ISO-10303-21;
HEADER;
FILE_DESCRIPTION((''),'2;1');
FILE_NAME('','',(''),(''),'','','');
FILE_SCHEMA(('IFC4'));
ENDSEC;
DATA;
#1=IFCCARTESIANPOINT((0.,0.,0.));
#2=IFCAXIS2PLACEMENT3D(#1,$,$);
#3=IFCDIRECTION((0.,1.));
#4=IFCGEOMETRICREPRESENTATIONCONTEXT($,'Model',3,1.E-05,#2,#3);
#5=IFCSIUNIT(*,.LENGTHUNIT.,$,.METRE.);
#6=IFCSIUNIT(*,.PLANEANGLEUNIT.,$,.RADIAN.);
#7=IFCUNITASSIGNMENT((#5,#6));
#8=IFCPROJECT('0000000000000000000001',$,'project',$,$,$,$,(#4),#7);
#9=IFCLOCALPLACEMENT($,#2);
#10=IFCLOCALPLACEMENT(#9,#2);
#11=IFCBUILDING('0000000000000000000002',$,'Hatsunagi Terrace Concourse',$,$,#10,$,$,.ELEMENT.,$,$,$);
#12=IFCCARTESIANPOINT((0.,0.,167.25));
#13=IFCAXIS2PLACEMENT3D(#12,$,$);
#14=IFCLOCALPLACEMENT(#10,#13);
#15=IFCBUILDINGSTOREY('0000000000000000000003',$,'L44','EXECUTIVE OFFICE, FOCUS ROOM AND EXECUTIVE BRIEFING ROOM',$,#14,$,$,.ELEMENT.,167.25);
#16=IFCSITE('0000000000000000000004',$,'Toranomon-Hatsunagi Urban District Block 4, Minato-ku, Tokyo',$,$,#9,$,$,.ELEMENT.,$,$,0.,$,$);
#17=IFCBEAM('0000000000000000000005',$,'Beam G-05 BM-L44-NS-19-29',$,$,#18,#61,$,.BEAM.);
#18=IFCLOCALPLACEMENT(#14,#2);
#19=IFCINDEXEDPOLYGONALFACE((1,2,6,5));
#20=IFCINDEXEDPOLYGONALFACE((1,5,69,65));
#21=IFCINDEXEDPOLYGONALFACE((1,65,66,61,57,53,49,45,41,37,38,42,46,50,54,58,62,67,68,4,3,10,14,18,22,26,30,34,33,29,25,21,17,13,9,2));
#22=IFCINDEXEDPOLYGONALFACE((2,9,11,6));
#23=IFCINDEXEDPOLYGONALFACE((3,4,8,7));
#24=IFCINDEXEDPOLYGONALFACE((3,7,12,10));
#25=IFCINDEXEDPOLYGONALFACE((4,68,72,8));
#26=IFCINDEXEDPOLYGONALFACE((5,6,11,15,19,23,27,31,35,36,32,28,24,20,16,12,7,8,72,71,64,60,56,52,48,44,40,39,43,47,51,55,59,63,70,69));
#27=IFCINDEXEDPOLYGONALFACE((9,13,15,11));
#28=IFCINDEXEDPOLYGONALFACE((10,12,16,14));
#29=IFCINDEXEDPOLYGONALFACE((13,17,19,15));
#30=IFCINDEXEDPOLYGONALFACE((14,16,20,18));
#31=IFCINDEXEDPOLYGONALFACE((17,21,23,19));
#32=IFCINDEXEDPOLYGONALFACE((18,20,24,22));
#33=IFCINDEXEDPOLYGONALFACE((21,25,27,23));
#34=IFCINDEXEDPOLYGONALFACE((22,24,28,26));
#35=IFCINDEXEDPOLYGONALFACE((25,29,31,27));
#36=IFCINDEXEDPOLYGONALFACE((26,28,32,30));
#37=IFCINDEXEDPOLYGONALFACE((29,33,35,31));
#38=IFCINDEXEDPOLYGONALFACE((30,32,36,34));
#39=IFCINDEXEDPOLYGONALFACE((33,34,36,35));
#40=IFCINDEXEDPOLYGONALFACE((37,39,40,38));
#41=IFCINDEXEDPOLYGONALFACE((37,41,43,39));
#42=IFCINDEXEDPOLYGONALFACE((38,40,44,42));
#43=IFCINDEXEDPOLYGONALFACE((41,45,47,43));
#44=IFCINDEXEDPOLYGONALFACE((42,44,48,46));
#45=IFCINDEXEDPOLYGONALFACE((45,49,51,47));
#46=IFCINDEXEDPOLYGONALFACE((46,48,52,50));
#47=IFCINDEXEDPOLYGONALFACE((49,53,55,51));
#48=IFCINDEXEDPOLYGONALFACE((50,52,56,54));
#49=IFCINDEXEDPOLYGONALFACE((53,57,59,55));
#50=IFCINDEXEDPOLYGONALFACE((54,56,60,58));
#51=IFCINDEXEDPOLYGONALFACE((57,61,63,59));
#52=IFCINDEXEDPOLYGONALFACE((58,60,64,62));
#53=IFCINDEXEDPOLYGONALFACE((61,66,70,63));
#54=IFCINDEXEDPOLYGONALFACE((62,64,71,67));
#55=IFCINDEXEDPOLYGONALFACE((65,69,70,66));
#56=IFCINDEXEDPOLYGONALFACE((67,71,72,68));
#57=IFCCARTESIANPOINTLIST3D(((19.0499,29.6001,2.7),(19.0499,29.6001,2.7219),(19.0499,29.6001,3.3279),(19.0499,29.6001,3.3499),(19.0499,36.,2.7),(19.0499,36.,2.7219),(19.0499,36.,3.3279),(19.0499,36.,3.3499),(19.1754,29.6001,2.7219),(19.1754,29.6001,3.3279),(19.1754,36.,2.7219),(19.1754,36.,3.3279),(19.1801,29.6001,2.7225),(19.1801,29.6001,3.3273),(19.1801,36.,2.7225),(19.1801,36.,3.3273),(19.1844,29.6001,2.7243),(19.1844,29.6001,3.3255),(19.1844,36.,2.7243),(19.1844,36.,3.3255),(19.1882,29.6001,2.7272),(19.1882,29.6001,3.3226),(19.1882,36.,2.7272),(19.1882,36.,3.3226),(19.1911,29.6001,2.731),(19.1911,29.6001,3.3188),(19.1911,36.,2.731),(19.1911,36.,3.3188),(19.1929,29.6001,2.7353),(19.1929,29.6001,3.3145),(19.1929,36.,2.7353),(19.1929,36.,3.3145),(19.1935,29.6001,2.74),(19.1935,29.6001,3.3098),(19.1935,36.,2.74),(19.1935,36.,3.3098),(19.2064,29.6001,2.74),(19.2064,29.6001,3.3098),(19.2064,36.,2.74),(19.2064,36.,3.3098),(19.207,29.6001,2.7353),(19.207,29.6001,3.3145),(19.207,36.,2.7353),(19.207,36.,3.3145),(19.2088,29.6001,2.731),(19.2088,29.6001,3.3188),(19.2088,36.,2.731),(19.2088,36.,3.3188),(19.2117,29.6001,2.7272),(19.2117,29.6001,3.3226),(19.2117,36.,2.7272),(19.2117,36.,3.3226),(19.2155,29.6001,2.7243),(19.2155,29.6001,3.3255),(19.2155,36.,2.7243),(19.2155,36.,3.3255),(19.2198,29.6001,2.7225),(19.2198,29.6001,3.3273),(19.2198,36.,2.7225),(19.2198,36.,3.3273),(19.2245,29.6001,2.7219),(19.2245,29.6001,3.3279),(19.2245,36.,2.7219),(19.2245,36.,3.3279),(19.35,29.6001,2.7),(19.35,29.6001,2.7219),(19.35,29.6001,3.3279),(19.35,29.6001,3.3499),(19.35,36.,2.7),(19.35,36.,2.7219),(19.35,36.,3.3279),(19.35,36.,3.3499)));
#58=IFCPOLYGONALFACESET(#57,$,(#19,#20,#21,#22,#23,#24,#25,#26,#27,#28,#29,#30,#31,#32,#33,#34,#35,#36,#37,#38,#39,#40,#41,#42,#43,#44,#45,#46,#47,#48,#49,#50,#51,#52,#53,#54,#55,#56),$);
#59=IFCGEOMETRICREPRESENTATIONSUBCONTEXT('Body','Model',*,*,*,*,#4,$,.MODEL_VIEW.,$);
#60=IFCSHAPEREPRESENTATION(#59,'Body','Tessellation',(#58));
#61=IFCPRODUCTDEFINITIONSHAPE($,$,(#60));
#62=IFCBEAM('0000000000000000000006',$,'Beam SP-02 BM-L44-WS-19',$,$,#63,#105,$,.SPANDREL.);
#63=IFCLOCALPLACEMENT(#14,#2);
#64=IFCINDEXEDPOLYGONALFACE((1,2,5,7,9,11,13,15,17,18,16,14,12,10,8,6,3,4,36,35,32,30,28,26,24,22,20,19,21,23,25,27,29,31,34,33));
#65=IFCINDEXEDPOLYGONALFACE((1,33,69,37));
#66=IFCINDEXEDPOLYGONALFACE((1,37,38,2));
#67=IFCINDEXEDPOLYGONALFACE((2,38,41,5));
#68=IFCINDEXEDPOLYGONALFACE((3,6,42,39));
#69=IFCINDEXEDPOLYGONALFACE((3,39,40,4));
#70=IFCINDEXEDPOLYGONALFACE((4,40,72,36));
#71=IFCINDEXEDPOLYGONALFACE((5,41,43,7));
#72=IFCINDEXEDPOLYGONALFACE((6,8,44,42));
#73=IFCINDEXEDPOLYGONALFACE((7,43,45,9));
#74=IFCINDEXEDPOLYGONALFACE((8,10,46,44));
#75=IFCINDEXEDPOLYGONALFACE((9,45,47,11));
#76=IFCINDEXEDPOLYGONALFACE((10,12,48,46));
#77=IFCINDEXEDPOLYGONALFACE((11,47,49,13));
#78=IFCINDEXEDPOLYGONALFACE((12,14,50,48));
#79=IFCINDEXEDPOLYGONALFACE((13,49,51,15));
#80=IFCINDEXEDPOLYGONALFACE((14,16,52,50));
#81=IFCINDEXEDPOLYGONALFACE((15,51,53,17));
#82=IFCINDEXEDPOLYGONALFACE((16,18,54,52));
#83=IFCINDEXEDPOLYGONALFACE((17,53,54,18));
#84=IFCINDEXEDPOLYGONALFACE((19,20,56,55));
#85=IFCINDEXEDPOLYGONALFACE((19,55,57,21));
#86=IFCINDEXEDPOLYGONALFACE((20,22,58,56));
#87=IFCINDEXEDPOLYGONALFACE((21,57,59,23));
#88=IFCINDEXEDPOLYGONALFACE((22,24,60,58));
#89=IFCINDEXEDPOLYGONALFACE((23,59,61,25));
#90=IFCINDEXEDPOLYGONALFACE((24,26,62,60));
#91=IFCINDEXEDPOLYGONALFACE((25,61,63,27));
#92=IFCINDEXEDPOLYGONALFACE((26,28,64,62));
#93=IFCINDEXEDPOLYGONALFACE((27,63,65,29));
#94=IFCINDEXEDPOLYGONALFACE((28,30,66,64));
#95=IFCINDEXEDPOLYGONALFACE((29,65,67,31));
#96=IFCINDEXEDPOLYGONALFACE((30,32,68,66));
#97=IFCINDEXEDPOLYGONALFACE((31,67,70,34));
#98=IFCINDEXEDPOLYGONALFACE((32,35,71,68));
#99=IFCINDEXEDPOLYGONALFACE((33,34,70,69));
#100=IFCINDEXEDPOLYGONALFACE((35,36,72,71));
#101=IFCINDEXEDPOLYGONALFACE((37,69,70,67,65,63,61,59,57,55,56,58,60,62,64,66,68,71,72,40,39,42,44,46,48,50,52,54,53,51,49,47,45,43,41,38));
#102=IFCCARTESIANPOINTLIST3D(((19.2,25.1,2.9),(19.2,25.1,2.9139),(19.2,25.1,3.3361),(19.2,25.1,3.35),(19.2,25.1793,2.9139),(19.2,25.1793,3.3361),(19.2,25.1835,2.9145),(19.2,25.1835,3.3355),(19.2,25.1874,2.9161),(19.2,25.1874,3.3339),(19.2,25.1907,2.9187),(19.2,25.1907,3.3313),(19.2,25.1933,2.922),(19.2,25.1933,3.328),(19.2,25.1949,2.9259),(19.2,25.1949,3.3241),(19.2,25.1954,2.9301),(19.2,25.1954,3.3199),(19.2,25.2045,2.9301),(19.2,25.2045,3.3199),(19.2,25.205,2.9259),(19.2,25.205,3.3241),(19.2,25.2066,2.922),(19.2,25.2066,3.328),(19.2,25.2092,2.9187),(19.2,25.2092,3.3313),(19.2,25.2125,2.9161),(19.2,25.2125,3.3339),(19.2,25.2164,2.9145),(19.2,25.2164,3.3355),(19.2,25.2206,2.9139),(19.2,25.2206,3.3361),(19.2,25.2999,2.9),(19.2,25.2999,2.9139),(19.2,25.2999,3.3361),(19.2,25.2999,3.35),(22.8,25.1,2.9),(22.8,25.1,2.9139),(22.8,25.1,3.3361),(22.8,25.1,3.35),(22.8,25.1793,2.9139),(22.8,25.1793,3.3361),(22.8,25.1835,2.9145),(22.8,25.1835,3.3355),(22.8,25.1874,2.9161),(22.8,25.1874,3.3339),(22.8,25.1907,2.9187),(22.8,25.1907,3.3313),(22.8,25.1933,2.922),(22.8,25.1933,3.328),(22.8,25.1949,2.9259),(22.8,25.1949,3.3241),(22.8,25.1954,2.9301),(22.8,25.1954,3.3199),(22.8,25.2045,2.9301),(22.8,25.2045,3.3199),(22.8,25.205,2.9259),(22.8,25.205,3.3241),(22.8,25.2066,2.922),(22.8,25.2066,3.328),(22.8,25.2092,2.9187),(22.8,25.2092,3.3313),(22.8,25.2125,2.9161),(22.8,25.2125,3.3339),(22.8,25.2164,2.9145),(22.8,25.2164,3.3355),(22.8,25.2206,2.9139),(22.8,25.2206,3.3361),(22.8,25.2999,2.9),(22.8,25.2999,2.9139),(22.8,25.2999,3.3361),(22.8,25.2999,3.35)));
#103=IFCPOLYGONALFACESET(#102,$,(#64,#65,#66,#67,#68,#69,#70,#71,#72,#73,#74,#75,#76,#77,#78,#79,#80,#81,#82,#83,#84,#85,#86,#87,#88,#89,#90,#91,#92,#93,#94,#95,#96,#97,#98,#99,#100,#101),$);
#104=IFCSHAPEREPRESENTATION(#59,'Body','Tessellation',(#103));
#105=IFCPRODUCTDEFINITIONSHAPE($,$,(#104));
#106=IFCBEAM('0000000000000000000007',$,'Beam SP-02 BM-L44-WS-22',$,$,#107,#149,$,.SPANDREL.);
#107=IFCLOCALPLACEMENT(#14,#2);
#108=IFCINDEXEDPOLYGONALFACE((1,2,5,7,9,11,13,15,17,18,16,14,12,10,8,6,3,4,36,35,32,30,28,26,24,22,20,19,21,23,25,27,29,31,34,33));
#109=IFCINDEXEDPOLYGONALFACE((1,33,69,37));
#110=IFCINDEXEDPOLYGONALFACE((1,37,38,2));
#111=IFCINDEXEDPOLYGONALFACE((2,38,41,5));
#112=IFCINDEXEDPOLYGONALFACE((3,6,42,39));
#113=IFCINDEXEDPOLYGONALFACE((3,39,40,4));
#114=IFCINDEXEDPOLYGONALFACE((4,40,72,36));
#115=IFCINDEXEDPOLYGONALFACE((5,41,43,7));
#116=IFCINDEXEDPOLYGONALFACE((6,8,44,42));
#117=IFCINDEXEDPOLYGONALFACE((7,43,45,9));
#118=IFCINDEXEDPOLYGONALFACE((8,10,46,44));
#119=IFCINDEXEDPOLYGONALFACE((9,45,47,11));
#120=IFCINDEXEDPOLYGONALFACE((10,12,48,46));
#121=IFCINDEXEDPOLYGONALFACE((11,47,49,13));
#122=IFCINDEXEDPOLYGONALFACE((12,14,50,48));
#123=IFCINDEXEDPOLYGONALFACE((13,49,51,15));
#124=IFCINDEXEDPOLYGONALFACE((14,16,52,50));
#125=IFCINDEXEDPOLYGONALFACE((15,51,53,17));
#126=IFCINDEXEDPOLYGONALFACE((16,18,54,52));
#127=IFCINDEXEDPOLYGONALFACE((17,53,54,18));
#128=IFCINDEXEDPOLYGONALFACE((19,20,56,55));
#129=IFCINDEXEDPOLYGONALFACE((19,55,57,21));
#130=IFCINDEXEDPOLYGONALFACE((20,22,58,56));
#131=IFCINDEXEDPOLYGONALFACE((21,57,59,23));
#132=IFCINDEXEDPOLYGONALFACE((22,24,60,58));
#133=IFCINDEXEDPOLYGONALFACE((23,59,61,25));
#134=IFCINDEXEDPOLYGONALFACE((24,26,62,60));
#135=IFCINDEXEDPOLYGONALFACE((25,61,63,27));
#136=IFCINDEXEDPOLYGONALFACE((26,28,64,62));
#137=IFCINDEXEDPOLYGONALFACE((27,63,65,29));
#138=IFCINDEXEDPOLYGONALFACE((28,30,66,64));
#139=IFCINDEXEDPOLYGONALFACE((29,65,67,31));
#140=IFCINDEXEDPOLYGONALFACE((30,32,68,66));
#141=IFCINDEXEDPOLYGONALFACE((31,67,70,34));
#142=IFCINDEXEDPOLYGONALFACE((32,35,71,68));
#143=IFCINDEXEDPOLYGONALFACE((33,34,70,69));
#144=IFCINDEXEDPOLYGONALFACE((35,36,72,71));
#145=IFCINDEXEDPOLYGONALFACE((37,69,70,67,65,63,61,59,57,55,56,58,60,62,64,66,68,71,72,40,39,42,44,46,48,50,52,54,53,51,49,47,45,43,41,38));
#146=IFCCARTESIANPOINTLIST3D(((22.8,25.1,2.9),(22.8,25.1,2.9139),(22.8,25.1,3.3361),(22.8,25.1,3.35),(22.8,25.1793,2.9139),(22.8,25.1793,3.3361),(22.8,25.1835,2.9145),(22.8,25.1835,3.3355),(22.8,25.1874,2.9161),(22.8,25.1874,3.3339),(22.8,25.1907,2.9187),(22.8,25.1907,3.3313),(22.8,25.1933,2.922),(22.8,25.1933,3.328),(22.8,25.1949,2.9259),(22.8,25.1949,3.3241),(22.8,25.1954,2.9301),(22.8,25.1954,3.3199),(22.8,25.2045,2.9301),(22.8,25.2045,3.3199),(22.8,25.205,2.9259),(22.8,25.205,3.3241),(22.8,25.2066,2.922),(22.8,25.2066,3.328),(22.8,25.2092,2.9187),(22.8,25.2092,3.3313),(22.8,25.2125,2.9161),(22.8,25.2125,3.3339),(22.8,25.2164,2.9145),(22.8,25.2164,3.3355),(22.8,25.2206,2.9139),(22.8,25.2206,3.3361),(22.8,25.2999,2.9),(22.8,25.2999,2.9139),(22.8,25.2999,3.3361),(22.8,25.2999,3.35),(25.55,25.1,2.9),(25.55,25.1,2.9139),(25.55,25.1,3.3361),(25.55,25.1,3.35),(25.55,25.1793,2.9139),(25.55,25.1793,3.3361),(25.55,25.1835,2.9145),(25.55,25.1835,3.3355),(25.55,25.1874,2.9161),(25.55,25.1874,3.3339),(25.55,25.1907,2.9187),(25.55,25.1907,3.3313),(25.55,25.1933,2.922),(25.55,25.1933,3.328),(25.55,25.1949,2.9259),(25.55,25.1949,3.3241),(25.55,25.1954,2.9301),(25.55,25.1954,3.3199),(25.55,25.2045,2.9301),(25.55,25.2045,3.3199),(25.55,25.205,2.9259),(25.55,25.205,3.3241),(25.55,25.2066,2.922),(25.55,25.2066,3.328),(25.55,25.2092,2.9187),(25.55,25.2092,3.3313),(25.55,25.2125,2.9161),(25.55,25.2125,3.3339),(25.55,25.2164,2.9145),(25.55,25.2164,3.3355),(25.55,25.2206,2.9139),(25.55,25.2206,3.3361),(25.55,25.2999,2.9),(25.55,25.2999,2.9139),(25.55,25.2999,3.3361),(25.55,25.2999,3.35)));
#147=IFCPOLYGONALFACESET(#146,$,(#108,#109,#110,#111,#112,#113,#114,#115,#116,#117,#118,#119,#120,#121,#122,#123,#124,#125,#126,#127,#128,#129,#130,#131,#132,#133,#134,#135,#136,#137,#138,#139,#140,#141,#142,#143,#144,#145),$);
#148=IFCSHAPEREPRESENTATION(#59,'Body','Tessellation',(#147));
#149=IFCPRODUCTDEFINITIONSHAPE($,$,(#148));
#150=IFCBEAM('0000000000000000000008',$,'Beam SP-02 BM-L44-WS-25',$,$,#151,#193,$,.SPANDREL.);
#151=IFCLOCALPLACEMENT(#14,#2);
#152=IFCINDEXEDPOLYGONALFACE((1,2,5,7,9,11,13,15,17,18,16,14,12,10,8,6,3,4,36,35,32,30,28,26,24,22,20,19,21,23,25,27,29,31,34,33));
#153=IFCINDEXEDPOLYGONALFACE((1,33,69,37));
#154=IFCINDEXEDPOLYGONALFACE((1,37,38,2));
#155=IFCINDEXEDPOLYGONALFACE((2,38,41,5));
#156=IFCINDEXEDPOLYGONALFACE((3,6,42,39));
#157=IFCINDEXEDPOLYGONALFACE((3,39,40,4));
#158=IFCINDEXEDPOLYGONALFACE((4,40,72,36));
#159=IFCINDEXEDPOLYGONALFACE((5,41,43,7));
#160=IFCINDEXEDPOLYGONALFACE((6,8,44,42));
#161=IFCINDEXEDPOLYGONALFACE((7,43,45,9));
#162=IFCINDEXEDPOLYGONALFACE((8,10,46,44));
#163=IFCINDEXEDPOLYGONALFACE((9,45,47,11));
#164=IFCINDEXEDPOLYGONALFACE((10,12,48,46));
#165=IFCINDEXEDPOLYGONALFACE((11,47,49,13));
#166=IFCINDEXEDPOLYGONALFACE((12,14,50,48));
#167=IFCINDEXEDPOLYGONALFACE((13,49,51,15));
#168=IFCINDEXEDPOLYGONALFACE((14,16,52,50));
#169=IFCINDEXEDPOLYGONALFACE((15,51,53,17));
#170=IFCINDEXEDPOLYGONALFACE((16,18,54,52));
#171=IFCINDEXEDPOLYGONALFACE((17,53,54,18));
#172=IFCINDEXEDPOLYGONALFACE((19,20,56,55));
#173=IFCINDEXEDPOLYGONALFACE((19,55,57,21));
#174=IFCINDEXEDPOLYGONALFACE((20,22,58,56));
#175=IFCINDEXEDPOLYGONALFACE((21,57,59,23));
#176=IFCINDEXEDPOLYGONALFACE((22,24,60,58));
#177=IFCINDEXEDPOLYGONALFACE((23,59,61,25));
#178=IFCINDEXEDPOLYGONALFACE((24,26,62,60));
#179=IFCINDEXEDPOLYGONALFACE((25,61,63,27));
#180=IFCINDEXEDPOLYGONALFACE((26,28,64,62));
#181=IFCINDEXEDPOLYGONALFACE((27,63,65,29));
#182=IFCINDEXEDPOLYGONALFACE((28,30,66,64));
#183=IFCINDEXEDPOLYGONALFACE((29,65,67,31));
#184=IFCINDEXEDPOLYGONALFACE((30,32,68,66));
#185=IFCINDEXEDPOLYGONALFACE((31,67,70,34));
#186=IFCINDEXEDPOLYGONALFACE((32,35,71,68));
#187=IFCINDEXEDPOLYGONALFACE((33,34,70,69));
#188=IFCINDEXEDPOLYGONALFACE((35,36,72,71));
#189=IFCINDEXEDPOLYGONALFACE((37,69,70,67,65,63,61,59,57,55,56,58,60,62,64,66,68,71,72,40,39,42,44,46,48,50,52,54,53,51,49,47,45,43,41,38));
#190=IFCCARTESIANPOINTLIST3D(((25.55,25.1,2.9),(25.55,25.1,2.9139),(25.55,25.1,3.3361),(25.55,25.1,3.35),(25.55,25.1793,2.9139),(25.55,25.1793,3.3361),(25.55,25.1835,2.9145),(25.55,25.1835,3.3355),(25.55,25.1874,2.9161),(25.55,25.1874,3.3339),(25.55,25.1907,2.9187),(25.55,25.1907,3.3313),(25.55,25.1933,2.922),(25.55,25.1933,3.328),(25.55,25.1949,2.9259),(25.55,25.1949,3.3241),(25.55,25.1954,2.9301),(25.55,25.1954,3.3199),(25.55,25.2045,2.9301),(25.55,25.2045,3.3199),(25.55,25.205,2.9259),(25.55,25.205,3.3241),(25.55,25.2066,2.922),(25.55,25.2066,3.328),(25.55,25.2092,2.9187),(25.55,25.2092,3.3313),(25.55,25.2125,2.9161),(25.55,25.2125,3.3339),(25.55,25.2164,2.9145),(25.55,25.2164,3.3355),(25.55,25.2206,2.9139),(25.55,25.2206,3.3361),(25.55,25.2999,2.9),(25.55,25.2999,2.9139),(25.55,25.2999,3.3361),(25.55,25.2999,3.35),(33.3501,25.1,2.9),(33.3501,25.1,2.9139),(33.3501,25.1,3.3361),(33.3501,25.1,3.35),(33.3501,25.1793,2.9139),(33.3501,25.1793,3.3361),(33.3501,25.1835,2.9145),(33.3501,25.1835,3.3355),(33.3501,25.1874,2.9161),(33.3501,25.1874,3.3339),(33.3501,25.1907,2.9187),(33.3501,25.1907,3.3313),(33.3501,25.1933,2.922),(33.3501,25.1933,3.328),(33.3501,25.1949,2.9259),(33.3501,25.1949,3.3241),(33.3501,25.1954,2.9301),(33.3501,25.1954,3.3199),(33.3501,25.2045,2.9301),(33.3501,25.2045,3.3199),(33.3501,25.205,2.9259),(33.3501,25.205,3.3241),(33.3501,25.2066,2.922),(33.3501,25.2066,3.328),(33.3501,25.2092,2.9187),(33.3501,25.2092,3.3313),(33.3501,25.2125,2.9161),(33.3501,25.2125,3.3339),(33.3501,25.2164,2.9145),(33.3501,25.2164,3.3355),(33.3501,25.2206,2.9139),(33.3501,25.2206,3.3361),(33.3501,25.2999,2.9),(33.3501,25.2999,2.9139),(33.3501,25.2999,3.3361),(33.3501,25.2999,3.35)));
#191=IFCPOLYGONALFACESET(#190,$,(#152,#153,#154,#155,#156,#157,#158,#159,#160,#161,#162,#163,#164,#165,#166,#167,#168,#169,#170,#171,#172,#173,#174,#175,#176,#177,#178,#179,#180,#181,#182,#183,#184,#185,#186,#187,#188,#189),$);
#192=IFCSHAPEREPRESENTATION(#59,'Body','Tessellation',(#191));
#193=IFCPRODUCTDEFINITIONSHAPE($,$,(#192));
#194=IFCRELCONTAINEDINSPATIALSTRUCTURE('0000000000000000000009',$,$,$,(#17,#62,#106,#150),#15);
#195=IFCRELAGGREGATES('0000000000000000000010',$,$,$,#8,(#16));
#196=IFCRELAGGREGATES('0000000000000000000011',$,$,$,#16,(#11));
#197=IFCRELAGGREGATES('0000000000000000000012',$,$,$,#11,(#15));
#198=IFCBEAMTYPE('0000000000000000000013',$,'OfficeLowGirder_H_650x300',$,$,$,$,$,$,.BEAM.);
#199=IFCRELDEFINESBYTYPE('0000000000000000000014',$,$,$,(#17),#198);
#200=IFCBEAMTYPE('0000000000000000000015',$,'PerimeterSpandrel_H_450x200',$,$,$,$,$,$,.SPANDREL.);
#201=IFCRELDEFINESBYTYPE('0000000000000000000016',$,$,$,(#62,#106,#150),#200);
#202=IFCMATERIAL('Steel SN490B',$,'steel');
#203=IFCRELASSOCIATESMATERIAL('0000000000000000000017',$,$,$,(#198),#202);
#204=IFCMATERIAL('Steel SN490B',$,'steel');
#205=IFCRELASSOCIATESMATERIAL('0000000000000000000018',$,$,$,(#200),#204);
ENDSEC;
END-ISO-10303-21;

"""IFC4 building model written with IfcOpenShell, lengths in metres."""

from ifc_helpers import new_model, si_unit, direction, frame, origin, origin_2d, place, context, subcontext, project, spatial, i_section, extrude, material, material_profile, profile_set, type_object, element, save


model = new_model("IFC4")

# Units and contexts
model_context = context("Model", 3, precision=1e-05, world=origin(), true_north=direction((0.0, 1.0)))
body_context = subcontext(model_context, "Body", "Model", "MODEL_VIEW")
ifc_project = project(units=[si_unit("LENGTHUNIT", "METRE"), si_unit("PLANEANGLEUNIT", "RADIAN")], contexts=[model_context])

# Site, building, storey
site_placement = place(None, origin())
site = spatial("IfcSite", under=ifc_project, at=site_placement, Name="Toranomon-Hatsunagi Urban District Block 4, Minato-ku, Tokyo", CompositionType="ELEMENT", RefElevation=0.0)
building_placement = place(site_placement, origin())
building = spatial("IfcBuilding", under=site, at=building_placement, Name="Hatsunagi Terrace Concourse", CompositionType="ELEMENT")
storey_placement = place(building_placement, frame((0.0, 0.0, 167.25)))
storey = spatial("IfcBuildingStorey", under=building, at=storey_placement, Name="L44", Description="EXECUTIVE OFFICE, FOCUS ROOM AND EXECUTIVE BRIEFING ROOM", CompositionType="ELEMENT", Elevation=167.25)

# Beams
ifc_material_1 = material(Name="Steel SN490B", Category="steel")
ifc_material_profile_1 = material_profile(ifc_material_1, i_section(OverallWidth=0.3, OverallDepth=0.6499, WebThickness=0.0129, FlangeThickness=0.022, FilletRadius=0.0181, at=origin_2d()), Name="H-650x300x13x22")
ifc_profile_set_1 = profile_set([ifc_material_profile_1], Name="Steel SN490B")
beam_type_1 = type_object("IfcBeamType", Name="OfficeLowGirder_H_650x300", PredefinedType="BEAM", material=ifc_profile_set_1)
beam_1_placement = place(storey_placement, frame((19.2, 29.6001, 3.0249), z_axis=(0.0, 1.0, 0.0), x_axis=(-1.0, 0.0, 0.0)))
element("IfcBeam", 1, at=beam_1_placement, inside=storey, type_object=beam_type_1, Name="Beam G-05 BM-L44-NS-19-29", PredefinedType="BEAM", context=body_context, shape_type="SweptSolid", body=[
    extrude(i_section(OverallWidth=0.3, OverallDepth=0.6499, WebThickness=0.0129, FlangeThickness=0.022, FilletRadius=0.0181, at=origin_2d()), origin(), (0.0, 0.0, 1.0), 6.3999),
])
ifc_material_2 = material(Name="Steel SN490B", Category="steel")
ifc_material_profile_2 = material_profile(ifc_material_2, i_section(OverallWidth=0.2, OverallDepth=0.45, WebThickness=0.009, FlangeThickness=0.0139, FilletRadius=0.0161, at=origin_2d()), Name="H-450x200x9x14")
ifc_profile_set_2 = profile_set([ifc_material_profile_2], Name="Steel SN490B")
beam_type_2 = type_object("IfcBeamType", Name="PerimeterSpandrel_H_450x200", PredefinedType="SPANDREL", material=ifc_profile_set_2)
beam_2_placement = place(storey_placement, frame((19.2, 25.2, 3.125), z_axis=(1.0, 0.0, 0.0), x_axis=(0.0, 1.0, 0.0)))
element("IfcBeam", 2, at=beam_2_placement, inside=storey, type_object=beam_type_2, Name="Beam SP-02 BM-L44-WS-19", PredefinedType="SPANDREL", context=body_context, shape_type="SweptSolid", body=[
    extrude(i_section(OverallWidth=0.2, OverallDepth=0.45, WebThickness=0.009, FlangeThickness=0.0139, FilletRadius=0.0161, at=origin_2d()), origin(), (0.0, 0.0, 1.0), 3.6001),
])
beam_3_placement = place(storey_placement, frame((22.8, 25.2, 3.125), z_axis=(1.0, 0.0, 0.0), x_axis=(0.0, 1.0, 0.0)))
element("IfcBeam", 3, at=beam_3_placement, inside=storey, type_object=beam_type_2, Name="Beam SP-02 BM-L44-WS-22", PredefinedType="SPANDREL", context=body_context, shape_type="SweptSolid", body=[
    extrude(i_section(OverallWidth=0.2, OverallDepth=0.45, WebThickness=0.009, FlangeThickness=0.0139, FilletRadius=0.0161, at=origin_2d()), origin(), (0.0, 0.0, 1.0), 2.75),
])
beam_4_placement = place(storey_placement, frame((25.55, 25.2, 3.125), z_axis=(1.0, 0.0, 0.0), x_axis=(0.0, 1.0, 0.0)))
element("IfcBeam", 4, at=beam_4_placement, inside=storey, type_object=beam_type_2, Name="Beam SP-02 BM-L44-WS-25", PredefinedType="SPANDREL", context=body_context, shape_type="SweptSolid", body=[
    extrude(i_section(OverallWidth=0.2, OverallDepth=0.45, WebThickness=0.009, FlangeThickness=0.0139, FilletRadius=0.0161, at=origin_2d()), origin(), (0.0, 0.0, 1.0), 7.8),
])

save(model, "model.ifc")
